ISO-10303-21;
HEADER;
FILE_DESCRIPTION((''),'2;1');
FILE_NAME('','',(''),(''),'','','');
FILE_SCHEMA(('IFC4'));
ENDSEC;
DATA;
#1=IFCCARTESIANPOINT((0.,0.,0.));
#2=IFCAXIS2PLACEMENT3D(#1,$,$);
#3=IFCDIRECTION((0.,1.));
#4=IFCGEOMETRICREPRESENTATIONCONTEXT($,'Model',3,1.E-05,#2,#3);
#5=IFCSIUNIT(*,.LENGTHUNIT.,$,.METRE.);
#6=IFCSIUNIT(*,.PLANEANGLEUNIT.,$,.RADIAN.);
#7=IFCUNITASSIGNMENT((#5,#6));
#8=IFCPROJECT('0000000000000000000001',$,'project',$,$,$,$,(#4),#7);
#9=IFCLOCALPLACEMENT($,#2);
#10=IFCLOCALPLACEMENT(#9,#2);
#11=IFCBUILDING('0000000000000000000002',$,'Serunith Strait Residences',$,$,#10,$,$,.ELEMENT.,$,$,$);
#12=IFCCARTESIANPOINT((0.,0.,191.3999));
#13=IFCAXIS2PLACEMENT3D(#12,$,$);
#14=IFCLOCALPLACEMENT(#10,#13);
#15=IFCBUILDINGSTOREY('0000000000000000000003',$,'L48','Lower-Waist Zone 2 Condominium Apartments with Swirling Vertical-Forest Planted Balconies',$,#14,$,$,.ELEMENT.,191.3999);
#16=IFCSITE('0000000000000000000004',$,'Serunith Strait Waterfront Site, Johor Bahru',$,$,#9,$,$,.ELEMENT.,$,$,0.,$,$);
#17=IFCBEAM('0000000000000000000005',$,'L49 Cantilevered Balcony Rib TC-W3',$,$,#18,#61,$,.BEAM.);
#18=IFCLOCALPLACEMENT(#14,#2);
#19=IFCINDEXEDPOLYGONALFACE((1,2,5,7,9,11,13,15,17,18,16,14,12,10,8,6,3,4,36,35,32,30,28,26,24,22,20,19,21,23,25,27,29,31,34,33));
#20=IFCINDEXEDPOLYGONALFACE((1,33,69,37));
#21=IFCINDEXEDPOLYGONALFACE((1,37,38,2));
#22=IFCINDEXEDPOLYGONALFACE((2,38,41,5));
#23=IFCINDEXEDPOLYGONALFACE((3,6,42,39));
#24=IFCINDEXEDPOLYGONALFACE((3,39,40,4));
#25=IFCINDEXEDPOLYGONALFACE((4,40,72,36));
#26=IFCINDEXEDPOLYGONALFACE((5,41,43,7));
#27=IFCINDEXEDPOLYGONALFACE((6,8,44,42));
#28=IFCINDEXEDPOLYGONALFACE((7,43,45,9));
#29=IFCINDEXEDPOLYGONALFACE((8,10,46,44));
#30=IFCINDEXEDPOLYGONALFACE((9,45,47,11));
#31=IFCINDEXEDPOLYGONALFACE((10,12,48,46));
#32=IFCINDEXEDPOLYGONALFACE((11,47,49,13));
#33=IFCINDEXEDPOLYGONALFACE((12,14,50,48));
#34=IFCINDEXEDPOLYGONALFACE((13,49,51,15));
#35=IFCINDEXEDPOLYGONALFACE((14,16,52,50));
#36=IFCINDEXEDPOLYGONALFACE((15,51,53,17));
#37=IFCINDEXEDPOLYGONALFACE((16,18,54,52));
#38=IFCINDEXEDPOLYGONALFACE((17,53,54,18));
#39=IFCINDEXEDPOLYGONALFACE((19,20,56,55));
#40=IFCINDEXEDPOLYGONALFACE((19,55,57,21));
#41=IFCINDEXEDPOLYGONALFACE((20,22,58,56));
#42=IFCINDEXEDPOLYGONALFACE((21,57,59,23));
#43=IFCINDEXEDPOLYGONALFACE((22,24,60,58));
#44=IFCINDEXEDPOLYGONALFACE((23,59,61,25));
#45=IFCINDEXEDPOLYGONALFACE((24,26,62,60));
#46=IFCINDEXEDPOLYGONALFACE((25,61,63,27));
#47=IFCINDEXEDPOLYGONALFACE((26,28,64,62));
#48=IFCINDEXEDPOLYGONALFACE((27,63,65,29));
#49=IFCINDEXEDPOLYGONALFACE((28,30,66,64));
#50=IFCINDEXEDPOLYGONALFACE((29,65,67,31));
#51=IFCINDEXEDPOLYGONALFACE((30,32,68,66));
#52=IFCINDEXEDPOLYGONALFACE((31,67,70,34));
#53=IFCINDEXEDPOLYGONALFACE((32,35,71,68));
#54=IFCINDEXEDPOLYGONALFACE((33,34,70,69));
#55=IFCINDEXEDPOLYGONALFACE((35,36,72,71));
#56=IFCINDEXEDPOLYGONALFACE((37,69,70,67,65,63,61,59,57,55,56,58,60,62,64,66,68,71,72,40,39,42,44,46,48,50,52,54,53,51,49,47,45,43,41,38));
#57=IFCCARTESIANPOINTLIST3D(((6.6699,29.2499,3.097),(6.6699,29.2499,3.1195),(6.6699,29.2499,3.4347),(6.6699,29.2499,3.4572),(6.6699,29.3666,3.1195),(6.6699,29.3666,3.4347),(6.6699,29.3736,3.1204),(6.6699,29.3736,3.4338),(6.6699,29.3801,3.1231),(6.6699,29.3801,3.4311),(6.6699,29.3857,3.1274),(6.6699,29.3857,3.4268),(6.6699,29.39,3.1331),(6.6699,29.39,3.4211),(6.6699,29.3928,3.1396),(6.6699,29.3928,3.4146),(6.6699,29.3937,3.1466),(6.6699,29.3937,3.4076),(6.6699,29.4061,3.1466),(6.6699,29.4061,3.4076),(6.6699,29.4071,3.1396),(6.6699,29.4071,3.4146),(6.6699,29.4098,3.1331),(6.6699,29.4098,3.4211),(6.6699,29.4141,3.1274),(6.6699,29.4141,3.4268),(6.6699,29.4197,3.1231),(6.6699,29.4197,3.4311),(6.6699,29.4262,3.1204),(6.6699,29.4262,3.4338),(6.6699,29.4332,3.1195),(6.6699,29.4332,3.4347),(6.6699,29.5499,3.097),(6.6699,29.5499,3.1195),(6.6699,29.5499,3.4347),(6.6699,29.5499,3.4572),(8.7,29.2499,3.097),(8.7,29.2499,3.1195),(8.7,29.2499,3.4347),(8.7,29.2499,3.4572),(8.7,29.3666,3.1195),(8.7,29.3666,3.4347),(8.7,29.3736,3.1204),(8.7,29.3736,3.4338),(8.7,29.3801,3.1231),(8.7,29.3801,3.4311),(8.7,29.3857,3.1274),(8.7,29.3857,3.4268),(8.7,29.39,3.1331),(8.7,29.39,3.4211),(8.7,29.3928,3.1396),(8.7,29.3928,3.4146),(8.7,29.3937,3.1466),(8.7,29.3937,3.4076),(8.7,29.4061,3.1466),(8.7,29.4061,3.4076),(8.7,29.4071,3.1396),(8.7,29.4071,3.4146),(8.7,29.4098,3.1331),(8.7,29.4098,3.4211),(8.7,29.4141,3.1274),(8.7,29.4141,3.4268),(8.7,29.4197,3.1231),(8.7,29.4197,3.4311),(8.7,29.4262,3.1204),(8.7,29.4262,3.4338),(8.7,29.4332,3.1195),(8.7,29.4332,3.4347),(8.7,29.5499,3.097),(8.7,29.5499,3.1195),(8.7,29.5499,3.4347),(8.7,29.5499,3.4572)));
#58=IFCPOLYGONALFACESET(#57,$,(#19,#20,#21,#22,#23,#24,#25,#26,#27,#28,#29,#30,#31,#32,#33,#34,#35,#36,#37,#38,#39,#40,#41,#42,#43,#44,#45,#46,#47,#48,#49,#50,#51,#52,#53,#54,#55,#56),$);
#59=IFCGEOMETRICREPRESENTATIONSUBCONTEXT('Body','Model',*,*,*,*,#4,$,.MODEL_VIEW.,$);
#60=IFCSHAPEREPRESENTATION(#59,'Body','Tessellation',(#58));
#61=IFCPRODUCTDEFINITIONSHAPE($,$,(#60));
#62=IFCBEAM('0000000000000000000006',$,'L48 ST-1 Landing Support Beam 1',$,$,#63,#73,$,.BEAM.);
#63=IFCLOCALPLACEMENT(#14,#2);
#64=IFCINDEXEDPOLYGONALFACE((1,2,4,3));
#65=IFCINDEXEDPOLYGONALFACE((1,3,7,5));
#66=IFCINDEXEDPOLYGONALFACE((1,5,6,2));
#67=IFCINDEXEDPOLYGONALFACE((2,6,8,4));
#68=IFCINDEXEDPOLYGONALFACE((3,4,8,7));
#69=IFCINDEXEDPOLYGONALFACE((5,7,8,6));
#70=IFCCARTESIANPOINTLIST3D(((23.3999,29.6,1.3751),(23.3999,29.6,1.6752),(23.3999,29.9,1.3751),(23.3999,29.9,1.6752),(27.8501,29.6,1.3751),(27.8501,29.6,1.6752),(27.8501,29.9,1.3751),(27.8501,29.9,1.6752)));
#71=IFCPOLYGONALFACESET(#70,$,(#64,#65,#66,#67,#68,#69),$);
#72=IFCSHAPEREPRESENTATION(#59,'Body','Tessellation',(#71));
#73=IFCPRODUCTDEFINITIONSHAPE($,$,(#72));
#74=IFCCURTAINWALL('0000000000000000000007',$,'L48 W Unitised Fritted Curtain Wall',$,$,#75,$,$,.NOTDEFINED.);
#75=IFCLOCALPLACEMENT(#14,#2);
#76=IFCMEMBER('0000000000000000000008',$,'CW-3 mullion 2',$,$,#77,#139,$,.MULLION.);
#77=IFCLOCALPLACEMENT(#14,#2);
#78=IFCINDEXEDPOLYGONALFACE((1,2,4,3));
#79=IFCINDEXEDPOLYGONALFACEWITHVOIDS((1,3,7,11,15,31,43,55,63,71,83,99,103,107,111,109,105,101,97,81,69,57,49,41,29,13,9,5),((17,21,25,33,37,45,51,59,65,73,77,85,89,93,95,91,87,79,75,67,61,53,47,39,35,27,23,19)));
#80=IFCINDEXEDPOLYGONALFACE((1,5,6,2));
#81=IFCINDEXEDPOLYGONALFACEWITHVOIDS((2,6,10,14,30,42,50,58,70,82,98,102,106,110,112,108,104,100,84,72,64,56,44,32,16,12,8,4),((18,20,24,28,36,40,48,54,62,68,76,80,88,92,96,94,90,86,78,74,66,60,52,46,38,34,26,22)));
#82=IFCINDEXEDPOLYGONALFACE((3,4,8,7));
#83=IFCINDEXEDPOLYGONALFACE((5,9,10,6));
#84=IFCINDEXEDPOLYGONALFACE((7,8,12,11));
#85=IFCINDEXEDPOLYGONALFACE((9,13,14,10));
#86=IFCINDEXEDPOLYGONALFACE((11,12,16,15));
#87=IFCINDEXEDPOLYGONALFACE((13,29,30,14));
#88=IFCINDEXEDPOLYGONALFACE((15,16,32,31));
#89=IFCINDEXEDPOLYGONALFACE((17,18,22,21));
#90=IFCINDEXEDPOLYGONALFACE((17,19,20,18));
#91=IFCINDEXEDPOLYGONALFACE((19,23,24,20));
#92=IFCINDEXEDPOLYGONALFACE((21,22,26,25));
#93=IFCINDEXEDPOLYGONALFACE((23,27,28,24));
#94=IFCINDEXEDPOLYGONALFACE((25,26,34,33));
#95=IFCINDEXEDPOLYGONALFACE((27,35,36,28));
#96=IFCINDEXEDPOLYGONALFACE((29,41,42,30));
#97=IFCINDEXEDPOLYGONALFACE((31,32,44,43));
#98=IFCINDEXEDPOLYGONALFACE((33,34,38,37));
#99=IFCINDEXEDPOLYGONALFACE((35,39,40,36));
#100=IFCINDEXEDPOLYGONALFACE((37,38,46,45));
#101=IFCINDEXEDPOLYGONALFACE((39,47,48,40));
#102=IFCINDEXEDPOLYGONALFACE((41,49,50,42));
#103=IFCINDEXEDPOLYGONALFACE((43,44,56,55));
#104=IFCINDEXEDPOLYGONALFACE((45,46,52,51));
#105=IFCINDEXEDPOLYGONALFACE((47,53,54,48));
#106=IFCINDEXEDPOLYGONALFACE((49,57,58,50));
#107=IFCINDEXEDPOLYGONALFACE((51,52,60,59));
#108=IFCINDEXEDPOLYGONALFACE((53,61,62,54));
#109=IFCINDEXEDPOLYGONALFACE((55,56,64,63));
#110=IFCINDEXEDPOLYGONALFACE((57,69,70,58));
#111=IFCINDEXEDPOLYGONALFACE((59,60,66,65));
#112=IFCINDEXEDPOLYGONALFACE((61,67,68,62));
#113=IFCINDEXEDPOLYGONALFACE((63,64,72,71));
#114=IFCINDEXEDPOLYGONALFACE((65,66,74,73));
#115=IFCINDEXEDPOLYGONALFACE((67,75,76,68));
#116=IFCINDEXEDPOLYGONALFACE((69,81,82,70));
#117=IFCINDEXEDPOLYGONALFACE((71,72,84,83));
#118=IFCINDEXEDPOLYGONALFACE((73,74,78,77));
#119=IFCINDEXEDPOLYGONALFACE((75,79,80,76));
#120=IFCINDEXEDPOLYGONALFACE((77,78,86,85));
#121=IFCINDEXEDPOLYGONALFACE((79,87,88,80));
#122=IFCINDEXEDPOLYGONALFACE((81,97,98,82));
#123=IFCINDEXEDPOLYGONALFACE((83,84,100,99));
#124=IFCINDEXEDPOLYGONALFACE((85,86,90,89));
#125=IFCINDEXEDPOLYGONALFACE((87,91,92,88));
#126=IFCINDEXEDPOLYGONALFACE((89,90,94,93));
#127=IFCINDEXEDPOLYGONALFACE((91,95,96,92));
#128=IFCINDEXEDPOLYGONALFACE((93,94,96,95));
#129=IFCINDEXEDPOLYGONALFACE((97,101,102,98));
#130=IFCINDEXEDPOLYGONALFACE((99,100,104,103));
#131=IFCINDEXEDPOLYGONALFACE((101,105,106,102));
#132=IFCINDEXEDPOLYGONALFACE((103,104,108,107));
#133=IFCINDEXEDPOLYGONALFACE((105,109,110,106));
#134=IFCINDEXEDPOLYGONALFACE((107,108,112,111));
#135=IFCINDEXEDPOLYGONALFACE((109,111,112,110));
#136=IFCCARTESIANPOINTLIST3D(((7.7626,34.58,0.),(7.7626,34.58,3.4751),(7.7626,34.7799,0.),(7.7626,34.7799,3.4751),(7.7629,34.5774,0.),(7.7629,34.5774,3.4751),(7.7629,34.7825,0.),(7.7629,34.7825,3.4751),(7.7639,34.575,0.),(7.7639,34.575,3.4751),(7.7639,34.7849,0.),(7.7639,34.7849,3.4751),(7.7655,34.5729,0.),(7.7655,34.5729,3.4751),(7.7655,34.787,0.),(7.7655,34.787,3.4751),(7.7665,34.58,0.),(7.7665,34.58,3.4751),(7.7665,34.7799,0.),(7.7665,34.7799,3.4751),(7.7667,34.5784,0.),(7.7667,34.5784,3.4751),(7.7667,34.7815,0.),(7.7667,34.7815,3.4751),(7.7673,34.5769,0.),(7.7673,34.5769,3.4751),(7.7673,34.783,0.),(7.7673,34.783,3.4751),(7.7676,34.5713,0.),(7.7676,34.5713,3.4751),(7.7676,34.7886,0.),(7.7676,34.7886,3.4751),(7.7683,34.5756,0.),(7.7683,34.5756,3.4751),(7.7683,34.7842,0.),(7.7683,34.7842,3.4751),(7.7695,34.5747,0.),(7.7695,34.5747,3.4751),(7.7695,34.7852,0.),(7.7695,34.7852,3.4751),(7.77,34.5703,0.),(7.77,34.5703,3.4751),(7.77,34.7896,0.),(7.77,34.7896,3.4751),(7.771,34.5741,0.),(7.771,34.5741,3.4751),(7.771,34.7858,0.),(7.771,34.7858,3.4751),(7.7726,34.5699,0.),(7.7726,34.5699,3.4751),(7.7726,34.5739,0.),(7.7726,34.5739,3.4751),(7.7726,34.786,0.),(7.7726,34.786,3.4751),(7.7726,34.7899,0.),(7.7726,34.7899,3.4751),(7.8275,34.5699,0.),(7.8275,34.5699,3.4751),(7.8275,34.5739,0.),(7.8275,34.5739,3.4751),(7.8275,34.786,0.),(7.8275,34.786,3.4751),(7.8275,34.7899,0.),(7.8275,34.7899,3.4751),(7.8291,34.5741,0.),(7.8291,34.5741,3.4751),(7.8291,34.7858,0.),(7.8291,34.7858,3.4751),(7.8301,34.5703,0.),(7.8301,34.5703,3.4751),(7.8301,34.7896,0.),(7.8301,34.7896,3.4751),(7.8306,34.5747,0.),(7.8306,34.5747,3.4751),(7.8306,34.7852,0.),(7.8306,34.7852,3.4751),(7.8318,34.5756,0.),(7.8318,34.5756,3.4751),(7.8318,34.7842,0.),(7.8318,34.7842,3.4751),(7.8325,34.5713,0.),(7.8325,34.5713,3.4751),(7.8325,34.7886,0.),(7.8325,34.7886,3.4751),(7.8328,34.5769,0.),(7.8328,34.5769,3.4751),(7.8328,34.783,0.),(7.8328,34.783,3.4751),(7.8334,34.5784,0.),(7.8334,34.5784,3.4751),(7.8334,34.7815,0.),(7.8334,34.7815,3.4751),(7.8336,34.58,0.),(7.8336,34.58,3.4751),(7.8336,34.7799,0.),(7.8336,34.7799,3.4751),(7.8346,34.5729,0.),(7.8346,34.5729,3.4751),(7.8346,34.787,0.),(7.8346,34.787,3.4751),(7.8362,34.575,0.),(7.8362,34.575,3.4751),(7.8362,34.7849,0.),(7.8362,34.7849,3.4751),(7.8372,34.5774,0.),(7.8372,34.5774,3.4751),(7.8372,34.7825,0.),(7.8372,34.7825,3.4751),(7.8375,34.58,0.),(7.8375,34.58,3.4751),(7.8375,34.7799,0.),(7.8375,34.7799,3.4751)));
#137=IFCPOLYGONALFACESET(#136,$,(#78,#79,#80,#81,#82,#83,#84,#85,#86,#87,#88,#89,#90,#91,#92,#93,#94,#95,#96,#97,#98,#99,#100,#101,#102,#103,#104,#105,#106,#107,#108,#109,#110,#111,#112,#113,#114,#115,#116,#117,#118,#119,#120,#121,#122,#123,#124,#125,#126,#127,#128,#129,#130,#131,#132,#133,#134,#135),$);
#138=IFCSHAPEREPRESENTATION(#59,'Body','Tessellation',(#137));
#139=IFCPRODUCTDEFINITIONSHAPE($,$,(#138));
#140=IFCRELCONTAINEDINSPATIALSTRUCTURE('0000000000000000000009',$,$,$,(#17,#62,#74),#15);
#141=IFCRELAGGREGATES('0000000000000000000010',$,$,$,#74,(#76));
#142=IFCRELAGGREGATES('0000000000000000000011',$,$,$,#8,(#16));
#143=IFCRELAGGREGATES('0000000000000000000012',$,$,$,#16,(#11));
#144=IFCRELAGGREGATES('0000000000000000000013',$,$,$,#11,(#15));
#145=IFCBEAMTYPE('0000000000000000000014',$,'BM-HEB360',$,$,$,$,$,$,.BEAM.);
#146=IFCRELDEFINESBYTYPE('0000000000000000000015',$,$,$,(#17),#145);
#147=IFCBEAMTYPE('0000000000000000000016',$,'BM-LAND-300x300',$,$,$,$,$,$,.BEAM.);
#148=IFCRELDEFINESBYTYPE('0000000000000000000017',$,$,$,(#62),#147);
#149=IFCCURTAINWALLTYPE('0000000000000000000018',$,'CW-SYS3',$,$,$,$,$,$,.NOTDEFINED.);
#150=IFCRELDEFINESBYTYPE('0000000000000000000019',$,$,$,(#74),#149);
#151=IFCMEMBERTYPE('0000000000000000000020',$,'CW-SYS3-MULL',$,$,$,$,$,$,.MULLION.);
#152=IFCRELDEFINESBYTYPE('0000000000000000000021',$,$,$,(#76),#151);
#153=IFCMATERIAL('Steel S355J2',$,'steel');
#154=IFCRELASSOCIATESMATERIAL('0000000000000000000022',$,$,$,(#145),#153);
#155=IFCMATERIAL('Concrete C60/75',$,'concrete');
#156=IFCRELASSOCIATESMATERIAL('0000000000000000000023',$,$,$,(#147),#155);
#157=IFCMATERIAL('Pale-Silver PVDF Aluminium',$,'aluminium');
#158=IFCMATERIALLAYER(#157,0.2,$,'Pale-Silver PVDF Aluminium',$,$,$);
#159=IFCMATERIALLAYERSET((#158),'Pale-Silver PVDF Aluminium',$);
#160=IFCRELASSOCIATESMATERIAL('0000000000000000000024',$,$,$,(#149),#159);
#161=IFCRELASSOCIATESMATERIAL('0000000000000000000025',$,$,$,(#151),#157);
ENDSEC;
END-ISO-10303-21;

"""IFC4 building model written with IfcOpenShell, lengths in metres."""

from ifc_helpers import new_model, si_unit, direction, frame, origin, origin_2d, place, context, subcontext, project, spatial, rectangle, hollow_rectangle, i_section, extrude, source, transform, mapped, material, layer, layer_set, material_profile, profile_set, type_object, element, aggregate, save


model = new_model("IFC4")

# Units and contexts
model_context = context("Model", 3, precision=1e-05, world=origin(), true_north=direction((0.0, 1.0)))
body_context = subcontext(model_context, "Body", "Model", "MODEL_VIEW")
ifc_project = project(units=[si_unit("LENGTHUNIT", "METRE"), si_unit("PLANEANGLEUNIT", "RADIAN")], contexts=[model_context])

# Site, building, storey
site_placement = place(None, origin())
site = spatial("IfcSite", under=ifc_project, at=site_placement, Name="Serunith Strait Waterfront Site, Johor Bahru", CompositionType="ELEMENT", RefElevation=0.0)
building_placement = place(site_placement, origin())
building = spatial("IfcBuilding", under=site, at=building_placement, Name="Serunith Strait Residences", CompositionType="ELEMENT")
storey_placement = place(building_placement, frame((0.0, 0.0, 191.3999)))
storey = spatial("IfcBuildingStorey", under=building, at=storey_placement, Name="L48", Description="Lower-Waist Zone 2 Condominium Apartments with Swirling Vertical-Forest Planted Balconies", CompositionType="ELEMENT", Elevation=191.3999)

# Beams
ifc_material_1 = material(Name="Steel S355J2", Category="steel")
ifc_material_profile_1 = material_profile(ifc_material_1, i_section(OverallWidth=0.3, OverallDepth=0.3601, WebThickness=0.0125, FlangeThickness=0.0225, FilletRadius=0.0271, at=origin_2d()), Name="HEB 360")
ifc_profile_set_1 = profile_set([ifc_material_profile_1], Name="Steel S355J2")
beam_type_1 = type_object("IfcBeamType", Name="BM-HEB360", PredefinedType="BEAM", material=ifc_profile_set_1)
shared_shape_1 = source(origin(), body_context, "Body", "SweptSolid", [
    extrude(i_section(OverallWidth=0.3, OverallDepth=0.3601, WebThickness=0.0125, FlangeThickness=0.0225, FilletRadius=0.0271, at=origin_2d()), origin(), (0.0, 0.0, 1.0), 2.03),
])
beam_1_placement = place(storey_placement, frame((8.7, 29.3999, 3.2771), z_axis=(-1.0, 0.0, 0.0), x_axis=(0.0, -1.0, 0.0)))
element("IfcBeam", 1, at=beam_1_placement, inside=storey, type_object=beam_type_1, Name="L49 Cantilevered Balcony Rib TC-W3", PredefinedType="BEAM", context=body_context, shape_type="MappedRepresentation", body=[
    mapped(shared_shape_1, transform((0.0, 0.0, 0.0), scale=1.0)),
])
ifc_material_2 = material(Name="Concrete C60/75", Category="concrete")
ifc_material_profile_2 = material_profile(ifc_material_2, rectangle(XDim=0.3, YDim=0.3, at=origin_2d()), Name="RC 300x300")
ifc_profile_set_2 = profile_set([ifc_material_profile_2], Name="Concrete C60/75")
beam_type_2 = type_object("IfcBeamType", Name="BM-LAND-300x300", PredefinedType="BEAM", material=ifc_profile_set_2)
shared_shape_2 = source(origin(), body_context, "Body", "SweptSolid", [
    extrude(rectangle(XDim=0.3, YDim=0.3, at=origin_2d()), origin(), (0.0, 0.0, 1.0), 4.4502),
])
beam_2_placement = place(storey_placement, frame((23.3999, 29.75, 1.5251), z_axis=(1.0, 0.0, 0.0), x_axis=(0.0, 1.0, 0.0)))
element("IfcBeam", 2, at=beam_2_placement, inside=storey, type_object=beam_type_2, Name="L48 ST-1 Landing Support Beam 1", PredefinedType="BEAM", context=body_context, shape_type="MappedRepresentation", body=[
    mapped(shared_shape_2, transform((0.0, 0.0, 0.0), scale=1.0)),
])

# Curtain wall, member
ifc_material_3 = material(Name="Pale-Silver PVDF Aluminium", Category="aluminium")
ifc_layer_1 = layer(ifc_material_3, 0.2, Name="Pale-Silver PVDF Aluminium")
ifc_layer_set_1 = layer_set([ifc_layer_1], Name="Pale-Silver PVDF Aluminium")
curtain_wall_type = type_object("IfcCurtainWallType", Name="CW-SYS3", PredefinedType="NOTDEFINED", material=ifc_layer_set_1)
curtain_wall_placement = place(storey_placement, origin())
curtain_wall = element("IfcCurtainWall", 3, at=curtain_wall_placement, inside=storey, type_object=curtain_wall_type, Name="L48 W Unitised Fritted Curtain Wall", PredefinedType="NOTDEFINED")
ifc_material_profile_3 = material_profile(ifc_material_3, hollow_rectangle(XDim=0.075, YDim=0.22, WallThickness=0.0039, InnerFilletRadius=0.0061, OuterFilletRadius=0.01, at=origin_2d()), Name="ALU 220x75x4")
ifc_profile_set_3 = profile_set([ifc_material_profile_3], Name="Pale-Silver PVDF Aluminium")
member_type_1 = type_object("IfcMemberType", Name="CW-SYS3-MULL", PredefinedType="MULLION", material=ifc_profile_set_3)
shared_shape_3 = source(origin(), body_context, "Body", "SweptSolid", [
    extrude(hollow_rectangle(XDim=0.075, YDim=0.22, WallThickness=0.0039, InnerFilletRadius=0.0061, OuterFilletRadius=0.01, at=origin_2d()), origin(), (0.0, 0.0, 1.0), 3.4751),
])
member_1_placement = place(storey_placement, frame((7.8, 34.6799, 0.0), z_axis=(0.0, 0.0, 1.0), x_axis=(1.0, 0.0, 0.0)))
member_1 = element("IfcMember", 4, at=member_1_placement, type_object=member_type_1, Name="CW-3 mullion 2", PredefinedType="MULLION", context=body_context, shape_type="MappedRepresentation", body=[
    mapped(shared_shape_3, transform((0.0, 0.0, 0.0), scale=1.0)),
])
aggregate(curtain_wall, [member_1])

save(model, "model.ifc")
